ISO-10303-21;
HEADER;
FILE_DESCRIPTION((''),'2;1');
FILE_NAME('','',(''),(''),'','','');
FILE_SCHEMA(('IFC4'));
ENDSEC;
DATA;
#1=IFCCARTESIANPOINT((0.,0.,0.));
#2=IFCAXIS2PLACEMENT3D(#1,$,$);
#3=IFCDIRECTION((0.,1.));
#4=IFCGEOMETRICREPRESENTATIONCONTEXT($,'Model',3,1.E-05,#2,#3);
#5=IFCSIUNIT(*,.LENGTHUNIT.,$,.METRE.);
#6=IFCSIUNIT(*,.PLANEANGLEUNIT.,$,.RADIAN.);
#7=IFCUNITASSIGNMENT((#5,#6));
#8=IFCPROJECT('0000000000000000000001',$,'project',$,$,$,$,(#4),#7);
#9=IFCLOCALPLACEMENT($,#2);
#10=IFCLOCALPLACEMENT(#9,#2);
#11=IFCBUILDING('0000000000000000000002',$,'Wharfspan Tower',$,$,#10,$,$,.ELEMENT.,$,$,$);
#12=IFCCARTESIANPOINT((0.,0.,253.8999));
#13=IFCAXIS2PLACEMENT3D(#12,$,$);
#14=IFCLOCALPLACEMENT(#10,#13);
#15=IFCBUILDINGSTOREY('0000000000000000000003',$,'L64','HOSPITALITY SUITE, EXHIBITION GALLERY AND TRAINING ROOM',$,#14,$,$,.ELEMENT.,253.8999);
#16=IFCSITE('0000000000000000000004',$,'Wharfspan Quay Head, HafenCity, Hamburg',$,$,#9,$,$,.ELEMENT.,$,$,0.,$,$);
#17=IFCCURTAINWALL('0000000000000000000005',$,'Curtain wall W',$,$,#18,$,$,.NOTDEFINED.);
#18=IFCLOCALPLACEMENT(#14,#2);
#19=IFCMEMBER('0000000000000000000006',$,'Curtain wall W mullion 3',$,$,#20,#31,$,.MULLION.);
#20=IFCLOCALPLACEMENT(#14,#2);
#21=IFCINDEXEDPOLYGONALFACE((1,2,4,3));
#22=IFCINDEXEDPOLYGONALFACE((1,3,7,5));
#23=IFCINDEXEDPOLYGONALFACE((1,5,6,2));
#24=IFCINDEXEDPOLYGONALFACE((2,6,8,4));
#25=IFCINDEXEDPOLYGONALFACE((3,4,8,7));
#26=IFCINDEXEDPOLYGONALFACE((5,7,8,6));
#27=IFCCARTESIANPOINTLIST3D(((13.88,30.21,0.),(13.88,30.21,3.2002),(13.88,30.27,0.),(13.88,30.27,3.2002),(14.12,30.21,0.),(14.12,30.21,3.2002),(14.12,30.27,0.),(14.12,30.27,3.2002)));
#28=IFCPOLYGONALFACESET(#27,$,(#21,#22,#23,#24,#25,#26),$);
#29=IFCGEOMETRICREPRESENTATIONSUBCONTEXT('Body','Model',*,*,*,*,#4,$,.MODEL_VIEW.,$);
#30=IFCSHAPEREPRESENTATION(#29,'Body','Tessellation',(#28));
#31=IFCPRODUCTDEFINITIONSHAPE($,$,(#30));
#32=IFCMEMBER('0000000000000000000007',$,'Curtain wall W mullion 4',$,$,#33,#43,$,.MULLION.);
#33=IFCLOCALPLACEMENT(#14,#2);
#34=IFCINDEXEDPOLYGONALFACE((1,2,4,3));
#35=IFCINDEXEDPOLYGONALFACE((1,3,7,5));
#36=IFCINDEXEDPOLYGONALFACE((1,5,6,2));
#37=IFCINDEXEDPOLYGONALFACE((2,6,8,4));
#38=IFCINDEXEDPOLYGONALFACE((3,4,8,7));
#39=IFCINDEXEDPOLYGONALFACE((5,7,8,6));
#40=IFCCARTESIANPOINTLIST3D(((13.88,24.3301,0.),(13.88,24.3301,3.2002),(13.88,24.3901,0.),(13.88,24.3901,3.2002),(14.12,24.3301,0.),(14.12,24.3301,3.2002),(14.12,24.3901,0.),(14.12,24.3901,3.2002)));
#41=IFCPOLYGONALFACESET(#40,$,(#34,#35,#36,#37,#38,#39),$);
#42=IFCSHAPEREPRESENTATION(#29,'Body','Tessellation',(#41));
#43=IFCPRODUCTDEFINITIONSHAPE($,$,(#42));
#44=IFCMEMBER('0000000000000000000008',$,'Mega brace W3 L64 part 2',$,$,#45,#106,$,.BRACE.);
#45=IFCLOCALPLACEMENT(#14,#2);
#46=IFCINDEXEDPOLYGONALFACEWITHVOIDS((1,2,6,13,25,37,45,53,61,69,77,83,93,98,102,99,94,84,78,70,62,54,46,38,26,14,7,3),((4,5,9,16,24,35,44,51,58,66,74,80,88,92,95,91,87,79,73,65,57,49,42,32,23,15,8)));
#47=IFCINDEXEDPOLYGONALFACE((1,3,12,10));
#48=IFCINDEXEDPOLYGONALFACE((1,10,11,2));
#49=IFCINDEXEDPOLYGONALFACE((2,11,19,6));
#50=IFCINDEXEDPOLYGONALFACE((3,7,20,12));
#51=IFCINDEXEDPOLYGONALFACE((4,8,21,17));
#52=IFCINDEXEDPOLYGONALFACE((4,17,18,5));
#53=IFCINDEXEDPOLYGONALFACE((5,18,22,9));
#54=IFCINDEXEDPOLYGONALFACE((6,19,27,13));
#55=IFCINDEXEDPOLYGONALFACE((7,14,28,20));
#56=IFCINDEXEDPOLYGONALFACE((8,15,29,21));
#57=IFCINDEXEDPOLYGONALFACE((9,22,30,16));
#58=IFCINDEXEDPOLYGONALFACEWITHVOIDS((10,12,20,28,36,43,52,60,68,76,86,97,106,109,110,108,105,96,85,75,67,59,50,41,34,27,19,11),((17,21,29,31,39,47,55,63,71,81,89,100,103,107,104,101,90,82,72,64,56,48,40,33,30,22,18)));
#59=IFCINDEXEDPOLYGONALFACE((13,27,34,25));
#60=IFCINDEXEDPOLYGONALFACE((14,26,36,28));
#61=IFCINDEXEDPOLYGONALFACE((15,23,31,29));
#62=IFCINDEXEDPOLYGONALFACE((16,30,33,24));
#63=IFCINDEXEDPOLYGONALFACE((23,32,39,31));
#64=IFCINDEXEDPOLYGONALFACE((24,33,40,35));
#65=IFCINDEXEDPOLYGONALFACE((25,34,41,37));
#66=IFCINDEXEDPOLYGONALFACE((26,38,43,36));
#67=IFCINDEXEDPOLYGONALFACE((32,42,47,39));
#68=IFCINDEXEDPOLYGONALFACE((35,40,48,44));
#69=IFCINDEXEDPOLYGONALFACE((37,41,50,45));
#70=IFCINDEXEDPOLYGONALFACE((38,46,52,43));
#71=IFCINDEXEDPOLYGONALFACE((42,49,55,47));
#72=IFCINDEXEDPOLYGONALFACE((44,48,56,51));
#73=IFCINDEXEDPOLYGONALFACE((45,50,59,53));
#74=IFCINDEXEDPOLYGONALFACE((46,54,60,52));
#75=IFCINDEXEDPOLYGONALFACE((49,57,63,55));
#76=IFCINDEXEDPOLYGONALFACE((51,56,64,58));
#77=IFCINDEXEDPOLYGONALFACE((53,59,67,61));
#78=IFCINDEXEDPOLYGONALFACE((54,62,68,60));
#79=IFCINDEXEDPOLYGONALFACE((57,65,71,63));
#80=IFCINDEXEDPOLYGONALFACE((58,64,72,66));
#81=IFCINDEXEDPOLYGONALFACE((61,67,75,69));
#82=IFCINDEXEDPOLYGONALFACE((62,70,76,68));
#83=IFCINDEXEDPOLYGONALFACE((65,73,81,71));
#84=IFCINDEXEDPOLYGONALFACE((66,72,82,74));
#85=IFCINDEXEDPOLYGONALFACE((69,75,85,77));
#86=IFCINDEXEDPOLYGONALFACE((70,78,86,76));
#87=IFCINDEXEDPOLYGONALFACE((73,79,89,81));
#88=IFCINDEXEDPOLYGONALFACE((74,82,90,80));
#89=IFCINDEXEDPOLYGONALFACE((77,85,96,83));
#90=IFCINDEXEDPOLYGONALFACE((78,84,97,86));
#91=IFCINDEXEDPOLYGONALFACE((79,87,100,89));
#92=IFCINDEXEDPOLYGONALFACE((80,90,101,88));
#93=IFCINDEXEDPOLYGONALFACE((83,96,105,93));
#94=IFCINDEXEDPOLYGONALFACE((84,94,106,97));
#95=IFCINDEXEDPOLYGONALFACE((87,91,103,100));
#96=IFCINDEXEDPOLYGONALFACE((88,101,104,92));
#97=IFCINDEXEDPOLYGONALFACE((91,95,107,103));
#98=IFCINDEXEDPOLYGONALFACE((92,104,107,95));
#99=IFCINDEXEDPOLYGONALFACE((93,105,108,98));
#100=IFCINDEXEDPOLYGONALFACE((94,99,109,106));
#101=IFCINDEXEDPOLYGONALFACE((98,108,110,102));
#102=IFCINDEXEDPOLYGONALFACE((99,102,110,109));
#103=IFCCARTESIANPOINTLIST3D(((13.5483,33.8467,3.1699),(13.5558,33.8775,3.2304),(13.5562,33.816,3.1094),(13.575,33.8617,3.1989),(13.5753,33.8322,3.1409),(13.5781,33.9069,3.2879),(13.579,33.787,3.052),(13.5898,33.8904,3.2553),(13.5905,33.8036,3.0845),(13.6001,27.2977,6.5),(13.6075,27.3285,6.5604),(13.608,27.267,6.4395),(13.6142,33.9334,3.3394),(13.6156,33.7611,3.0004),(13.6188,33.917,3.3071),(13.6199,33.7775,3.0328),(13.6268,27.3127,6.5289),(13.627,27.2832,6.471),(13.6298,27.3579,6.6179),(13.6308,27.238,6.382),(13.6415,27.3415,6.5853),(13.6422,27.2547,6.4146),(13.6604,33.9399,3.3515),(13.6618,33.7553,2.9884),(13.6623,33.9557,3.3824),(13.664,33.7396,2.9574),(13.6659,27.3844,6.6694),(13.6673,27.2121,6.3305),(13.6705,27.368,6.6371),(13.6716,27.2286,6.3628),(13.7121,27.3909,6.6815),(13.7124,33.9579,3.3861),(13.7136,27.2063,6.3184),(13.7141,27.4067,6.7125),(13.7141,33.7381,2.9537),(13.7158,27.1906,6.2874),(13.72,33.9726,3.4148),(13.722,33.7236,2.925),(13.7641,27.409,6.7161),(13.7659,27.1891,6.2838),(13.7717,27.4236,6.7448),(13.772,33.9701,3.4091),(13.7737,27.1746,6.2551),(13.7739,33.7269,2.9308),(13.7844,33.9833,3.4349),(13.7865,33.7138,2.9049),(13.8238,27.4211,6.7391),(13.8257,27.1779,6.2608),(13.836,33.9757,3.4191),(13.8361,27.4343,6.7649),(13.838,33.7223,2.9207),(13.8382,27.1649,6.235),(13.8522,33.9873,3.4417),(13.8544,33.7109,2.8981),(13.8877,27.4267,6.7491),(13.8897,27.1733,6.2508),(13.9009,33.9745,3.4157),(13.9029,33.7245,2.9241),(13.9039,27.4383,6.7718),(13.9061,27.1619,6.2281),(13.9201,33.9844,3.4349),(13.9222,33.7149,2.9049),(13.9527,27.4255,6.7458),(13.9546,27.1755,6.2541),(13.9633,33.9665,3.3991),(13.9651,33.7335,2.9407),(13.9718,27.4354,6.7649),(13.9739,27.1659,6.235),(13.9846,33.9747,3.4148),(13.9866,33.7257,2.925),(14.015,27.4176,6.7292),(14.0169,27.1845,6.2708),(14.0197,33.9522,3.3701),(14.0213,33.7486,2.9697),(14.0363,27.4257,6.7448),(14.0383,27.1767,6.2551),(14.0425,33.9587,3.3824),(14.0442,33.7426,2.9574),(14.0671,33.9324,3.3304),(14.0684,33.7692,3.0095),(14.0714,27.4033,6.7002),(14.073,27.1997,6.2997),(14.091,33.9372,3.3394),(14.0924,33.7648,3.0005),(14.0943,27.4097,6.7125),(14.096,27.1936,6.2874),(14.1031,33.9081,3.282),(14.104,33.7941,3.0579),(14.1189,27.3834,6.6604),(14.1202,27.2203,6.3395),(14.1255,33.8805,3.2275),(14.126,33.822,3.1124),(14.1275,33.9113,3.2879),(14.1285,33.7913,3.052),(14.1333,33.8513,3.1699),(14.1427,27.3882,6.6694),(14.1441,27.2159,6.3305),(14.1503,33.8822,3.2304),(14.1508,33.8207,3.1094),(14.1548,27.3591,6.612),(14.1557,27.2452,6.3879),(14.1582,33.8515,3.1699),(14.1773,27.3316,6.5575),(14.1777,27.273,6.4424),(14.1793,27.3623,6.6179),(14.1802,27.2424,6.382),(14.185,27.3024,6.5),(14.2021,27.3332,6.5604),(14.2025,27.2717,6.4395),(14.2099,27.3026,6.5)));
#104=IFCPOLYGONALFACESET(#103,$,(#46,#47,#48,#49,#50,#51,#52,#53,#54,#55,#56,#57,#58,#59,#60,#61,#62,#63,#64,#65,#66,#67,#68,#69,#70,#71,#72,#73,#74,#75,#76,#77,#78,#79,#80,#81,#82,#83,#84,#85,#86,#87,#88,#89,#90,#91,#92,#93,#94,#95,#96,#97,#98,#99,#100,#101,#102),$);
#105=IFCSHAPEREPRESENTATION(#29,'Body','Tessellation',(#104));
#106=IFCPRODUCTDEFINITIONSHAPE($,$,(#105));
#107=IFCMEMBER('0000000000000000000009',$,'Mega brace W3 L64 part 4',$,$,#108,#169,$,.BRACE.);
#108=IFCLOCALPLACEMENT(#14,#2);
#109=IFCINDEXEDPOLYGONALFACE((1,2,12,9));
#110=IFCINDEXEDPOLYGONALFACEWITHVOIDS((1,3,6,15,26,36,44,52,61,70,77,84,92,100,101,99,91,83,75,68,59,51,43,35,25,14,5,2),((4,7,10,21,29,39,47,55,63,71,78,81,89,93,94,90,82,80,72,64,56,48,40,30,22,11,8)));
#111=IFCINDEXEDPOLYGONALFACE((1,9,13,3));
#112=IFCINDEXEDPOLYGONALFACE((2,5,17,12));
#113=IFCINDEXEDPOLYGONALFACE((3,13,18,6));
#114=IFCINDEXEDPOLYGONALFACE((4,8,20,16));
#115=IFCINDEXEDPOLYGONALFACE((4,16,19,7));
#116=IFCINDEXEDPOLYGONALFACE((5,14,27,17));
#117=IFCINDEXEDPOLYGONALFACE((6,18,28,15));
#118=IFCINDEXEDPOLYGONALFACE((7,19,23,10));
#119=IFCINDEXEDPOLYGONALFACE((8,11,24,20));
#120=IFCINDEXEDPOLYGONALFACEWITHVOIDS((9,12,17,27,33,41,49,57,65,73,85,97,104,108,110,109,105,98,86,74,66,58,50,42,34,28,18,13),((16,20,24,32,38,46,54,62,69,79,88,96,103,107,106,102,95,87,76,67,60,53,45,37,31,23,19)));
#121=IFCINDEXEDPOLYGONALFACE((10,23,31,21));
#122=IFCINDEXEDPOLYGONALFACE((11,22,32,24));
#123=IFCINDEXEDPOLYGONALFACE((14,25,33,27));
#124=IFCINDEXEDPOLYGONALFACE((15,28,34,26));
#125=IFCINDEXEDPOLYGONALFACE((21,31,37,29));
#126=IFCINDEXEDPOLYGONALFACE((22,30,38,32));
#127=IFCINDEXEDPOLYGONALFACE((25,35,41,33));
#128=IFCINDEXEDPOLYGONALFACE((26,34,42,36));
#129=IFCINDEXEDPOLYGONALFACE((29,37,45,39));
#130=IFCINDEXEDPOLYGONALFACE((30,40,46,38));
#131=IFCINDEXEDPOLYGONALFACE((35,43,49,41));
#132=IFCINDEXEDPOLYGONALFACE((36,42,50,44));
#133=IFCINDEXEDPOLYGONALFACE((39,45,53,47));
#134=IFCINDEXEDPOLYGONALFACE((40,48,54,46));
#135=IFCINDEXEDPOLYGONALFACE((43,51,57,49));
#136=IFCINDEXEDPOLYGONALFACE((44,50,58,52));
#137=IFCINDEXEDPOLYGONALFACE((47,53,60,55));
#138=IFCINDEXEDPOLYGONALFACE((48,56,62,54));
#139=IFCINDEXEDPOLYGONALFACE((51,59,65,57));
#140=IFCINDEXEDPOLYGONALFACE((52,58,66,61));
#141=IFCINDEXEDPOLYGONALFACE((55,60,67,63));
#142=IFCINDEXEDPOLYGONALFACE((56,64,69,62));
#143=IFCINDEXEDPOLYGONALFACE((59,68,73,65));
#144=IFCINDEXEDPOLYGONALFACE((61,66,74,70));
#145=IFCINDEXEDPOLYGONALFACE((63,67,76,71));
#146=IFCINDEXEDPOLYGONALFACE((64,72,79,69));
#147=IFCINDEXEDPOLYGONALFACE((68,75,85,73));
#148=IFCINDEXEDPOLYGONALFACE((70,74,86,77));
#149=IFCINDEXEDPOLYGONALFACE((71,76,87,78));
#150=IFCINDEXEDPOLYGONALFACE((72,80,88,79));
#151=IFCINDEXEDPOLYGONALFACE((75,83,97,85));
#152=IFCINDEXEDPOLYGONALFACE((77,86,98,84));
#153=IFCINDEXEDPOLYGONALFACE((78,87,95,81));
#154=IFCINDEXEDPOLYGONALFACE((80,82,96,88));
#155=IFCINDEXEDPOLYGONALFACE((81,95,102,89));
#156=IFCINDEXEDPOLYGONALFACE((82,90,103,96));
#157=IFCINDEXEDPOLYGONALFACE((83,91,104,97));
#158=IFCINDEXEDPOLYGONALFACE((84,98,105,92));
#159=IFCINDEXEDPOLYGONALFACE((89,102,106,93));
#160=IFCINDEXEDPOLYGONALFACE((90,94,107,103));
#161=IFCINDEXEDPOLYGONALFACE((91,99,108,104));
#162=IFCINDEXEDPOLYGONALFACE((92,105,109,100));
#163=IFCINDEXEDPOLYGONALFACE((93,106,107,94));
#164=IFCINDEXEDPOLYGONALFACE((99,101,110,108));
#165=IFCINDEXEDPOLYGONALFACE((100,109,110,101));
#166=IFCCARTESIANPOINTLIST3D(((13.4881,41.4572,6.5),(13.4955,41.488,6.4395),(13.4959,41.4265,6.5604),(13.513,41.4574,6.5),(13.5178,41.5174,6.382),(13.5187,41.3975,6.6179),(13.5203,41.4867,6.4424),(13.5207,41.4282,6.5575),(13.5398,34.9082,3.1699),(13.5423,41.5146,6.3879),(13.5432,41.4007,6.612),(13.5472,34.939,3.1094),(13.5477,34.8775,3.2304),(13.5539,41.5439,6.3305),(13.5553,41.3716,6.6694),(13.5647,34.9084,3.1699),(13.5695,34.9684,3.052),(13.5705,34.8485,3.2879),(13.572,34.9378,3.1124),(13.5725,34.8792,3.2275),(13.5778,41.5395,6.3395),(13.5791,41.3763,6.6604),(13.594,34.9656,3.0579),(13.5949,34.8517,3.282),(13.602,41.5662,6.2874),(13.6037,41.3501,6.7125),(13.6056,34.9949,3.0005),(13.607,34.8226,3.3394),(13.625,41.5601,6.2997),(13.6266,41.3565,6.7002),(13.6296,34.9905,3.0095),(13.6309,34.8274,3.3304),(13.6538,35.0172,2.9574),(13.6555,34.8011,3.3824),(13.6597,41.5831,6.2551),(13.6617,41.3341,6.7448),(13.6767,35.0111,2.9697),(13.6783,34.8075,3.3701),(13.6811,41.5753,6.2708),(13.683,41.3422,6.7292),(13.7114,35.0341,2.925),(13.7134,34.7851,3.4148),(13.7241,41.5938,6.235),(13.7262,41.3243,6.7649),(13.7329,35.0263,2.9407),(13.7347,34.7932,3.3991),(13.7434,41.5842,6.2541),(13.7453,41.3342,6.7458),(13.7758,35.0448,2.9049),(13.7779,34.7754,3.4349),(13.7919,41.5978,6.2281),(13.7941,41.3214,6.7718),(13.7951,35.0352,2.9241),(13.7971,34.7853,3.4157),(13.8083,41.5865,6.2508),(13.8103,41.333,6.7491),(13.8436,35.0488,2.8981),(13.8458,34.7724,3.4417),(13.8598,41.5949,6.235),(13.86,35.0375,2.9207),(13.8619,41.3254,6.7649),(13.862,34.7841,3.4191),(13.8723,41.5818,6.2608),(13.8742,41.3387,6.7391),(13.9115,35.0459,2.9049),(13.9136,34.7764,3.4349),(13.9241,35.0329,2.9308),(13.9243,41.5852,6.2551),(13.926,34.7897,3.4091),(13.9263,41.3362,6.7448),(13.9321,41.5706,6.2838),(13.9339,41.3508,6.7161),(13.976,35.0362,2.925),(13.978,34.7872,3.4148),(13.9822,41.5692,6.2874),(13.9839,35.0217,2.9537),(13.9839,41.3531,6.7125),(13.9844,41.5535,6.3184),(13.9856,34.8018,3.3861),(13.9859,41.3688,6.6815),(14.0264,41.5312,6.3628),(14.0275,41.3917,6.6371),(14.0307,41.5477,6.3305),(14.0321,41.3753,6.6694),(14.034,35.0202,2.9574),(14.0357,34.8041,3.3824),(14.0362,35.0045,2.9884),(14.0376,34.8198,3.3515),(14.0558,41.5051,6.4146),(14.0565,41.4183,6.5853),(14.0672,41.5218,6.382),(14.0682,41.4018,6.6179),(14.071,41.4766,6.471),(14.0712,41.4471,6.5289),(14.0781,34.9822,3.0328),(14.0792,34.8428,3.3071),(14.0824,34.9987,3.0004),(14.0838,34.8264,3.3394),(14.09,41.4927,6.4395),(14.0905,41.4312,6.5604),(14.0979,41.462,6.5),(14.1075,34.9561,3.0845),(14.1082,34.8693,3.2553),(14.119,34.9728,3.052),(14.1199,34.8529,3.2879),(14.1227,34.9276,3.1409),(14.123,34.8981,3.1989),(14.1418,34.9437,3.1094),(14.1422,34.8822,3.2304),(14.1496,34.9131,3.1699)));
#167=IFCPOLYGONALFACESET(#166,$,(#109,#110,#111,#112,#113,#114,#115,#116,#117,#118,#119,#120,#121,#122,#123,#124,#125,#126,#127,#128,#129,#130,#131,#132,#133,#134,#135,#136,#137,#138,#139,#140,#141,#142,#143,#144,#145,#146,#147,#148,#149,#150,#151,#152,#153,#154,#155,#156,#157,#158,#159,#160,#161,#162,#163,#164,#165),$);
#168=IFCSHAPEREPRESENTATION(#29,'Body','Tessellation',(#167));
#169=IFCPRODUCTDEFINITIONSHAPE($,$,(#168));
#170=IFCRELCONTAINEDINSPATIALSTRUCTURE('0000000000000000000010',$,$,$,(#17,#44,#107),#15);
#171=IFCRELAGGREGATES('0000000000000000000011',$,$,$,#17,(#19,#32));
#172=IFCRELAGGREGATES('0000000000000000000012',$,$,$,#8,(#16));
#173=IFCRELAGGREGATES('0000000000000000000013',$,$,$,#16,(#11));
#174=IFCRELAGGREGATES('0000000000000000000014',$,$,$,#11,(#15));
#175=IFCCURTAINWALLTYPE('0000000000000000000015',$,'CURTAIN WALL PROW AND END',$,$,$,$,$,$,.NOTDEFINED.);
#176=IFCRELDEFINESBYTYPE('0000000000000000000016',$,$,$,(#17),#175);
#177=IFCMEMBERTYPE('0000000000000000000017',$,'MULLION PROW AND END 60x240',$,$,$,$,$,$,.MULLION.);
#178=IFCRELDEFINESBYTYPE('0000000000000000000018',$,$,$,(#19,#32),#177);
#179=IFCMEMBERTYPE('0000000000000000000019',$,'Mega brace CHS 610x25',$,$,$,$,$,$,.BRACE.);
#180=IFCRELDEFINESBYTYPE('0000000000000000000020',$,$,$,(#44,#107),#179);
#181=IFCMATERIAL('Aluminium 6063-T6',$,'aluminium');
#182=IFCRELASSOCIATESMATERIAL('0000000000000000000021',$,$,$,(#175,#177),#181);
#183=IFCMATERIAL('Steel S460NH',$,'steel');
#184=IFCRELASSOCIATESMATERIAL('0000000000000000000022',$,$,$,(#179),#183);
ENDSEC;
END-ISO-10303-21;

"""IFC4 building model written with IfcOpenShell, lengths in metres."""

from ifc_helpers import new_model, si_unit, direction, frame, origin, origin_2d, place, context, subcontext, project, spatial, rectangle, hollow_circle, extrude, material, material_profile, profile_set, type_object, element, aggregate, save


model = new_model("IFC4")

# Units and contexts
model_context = context("Model", 3, precision=1e-05, world=origin(), true_north=direction((0.0, 1.0)))
body_context = subcontext(model_context, "Body", "Model", "MODEL_VIEW")
ifc_project = project(units=[si_unit("LENGTHUNIT", "METRE"), si_unit("PLANEANGLEUNIT", "RADIAN")], contexts=[model_context])

# Site, building, storey
site_placement = place(None, origin())
site = spatial("IfcSite", under=ifc_project, at=site_placement, Name="Wharfspan Quay Head, HafenCity, Hamburg", CompositionType="ELEMENT", RefElevation=0.0)
building_placement = place(site_placement, origin())
building = spatial("IfcBuilding", under=site, at=building_placement, Name="Wharfspan Tower", CompositionType="ELEMENT")
storey_placement = place(building_placement, frame((0.0, 0.0, 253.8999)))
storey = spatial("IfcBuildingStorey", under=building, at=storey_placement, Name="L64", Description="HOSPITALITY SUITE, EXHIBITION GALLERY AND TRAINING ROOM", CompositionType="ELEMENT", Elevation=253.8999)

# Shared definitions
ifc_material_1 = material(Name="Steel S460NH", Category="steel")

# Curtain wall, members
ifc_material_2 = material(Name="Aluminium 6063-T6", Category="aluminium")
curtain_wall_type = type_object("IfcCurtainWallType", Name="CURTAIN WALL PROW AND END", PredefinedType="NOTDEFINED", material=ifc_material_2)
curtain_wall_placement = place(storey_placement, origin())
curtain_wall = element("IfcCurtainWall", 1, at=curtain_wall_placement, inside=storey, type_object=curtain_wall_type, Name="Curtain wall W", PredefinedType="NOTDEFINED")
ifc_material_profile_1 = material_profile(ifc_material_2, rectangle(XDim=0.24, YDim=0.0601, at=origin_2d()))
ifc_profile_set_1 = profile_set([ifc_material_profile_1], Name="Aluminium 6063-T6")
member_type_1 = type_object("IfcMemberType", Name="MULLION PROW AND END 60x240", PredefinedType="MULLION", material=ifc_profile_set_1)
member_1_placement = place(storey_placement, frame((14.0, 30.24, 0.0), z_axis=(0.0, 0.0, 1.0), x_axis=(1.0, 0.0, 0.0)))
member_1 = element("IfcMember", 2, at=member_1_placement, type_object=member_type_1, Name="Curtain wall W mullion 3", PredefinedType="MULLION", context=body_context, shape_type="SweptSolid", body=[
    extrude(rectangle(XDim=0.24, YDim=0.0601, at=origin_2d()), origin(), (0.0, 0.0, 1.0), 3.2002),
])
member_2_placement = place(storey_placement, frame((14.0, 24.3601, 0.0), z_axis=(0.0, 0.0, 1.0), x_axis=(1.0, 0.0, 0.0)))
member_2 = element("IfcMember", 3, at=member_2_placement, type_object=member_type_1, Name="Curtain wall W mullion 4", PredefinedType="MULLION", context=body_context, shape_type="SweptSolid", body=[
    extrude(rectangle(XDim=0.24, YDim=0.0601, at=origin_2d()), origin(), (0.0, 0.0, 1.0), 3.2002),
])

# Members
ifc_material_profile_2 = material_profile(ifc_material_1, hollow_circle(Radius=0.3049, WallThickness=0.0249, at=origin_2d()))
ifc_profile_set_2 = profile_set([ifc_material_profile_2], Name="Steel S460NH")
member_type_2 = type_object("IfcMemberType", Name="Mega brace CHS 610x25", PredefinedType="BRACE", material=ifc_profile_set_2)
for number, where, z_axis, x_axis, name in (
    (4, (13.8533, 33.8491, 3.1699), (0.007044, -0.891361, 0.45324), (0.999973, 0.007904, 0.000003), "Mega brace W3 L64 part 2"),
    (5, (13.8447, 34.9106, 3.1699), (-0.007044, 0.891361, 0.45324), (-0.999973, -0.007904, 0.000003), "Mega brace W3 L64 part 4"),
):
    element("IfcMember", number, at=place(storey_placement, frame(where, z_axis=z_axis, x_axis=x_axis)), inside=storey, type_object=member_type_2, Name=name, PredefinedType="BRACE", context=body_context, shape_type="SweptSolid", body=[
        extrude(hollow_circle(Radius=0.3049, WallThickness=0.0249, at=origin_2d()), origin(), (0.0, 0.0, 1.0), 7.3472),
    ])

aggregate(curtain_wall, [member_1, member_2])

save(model, "model.ifc")
